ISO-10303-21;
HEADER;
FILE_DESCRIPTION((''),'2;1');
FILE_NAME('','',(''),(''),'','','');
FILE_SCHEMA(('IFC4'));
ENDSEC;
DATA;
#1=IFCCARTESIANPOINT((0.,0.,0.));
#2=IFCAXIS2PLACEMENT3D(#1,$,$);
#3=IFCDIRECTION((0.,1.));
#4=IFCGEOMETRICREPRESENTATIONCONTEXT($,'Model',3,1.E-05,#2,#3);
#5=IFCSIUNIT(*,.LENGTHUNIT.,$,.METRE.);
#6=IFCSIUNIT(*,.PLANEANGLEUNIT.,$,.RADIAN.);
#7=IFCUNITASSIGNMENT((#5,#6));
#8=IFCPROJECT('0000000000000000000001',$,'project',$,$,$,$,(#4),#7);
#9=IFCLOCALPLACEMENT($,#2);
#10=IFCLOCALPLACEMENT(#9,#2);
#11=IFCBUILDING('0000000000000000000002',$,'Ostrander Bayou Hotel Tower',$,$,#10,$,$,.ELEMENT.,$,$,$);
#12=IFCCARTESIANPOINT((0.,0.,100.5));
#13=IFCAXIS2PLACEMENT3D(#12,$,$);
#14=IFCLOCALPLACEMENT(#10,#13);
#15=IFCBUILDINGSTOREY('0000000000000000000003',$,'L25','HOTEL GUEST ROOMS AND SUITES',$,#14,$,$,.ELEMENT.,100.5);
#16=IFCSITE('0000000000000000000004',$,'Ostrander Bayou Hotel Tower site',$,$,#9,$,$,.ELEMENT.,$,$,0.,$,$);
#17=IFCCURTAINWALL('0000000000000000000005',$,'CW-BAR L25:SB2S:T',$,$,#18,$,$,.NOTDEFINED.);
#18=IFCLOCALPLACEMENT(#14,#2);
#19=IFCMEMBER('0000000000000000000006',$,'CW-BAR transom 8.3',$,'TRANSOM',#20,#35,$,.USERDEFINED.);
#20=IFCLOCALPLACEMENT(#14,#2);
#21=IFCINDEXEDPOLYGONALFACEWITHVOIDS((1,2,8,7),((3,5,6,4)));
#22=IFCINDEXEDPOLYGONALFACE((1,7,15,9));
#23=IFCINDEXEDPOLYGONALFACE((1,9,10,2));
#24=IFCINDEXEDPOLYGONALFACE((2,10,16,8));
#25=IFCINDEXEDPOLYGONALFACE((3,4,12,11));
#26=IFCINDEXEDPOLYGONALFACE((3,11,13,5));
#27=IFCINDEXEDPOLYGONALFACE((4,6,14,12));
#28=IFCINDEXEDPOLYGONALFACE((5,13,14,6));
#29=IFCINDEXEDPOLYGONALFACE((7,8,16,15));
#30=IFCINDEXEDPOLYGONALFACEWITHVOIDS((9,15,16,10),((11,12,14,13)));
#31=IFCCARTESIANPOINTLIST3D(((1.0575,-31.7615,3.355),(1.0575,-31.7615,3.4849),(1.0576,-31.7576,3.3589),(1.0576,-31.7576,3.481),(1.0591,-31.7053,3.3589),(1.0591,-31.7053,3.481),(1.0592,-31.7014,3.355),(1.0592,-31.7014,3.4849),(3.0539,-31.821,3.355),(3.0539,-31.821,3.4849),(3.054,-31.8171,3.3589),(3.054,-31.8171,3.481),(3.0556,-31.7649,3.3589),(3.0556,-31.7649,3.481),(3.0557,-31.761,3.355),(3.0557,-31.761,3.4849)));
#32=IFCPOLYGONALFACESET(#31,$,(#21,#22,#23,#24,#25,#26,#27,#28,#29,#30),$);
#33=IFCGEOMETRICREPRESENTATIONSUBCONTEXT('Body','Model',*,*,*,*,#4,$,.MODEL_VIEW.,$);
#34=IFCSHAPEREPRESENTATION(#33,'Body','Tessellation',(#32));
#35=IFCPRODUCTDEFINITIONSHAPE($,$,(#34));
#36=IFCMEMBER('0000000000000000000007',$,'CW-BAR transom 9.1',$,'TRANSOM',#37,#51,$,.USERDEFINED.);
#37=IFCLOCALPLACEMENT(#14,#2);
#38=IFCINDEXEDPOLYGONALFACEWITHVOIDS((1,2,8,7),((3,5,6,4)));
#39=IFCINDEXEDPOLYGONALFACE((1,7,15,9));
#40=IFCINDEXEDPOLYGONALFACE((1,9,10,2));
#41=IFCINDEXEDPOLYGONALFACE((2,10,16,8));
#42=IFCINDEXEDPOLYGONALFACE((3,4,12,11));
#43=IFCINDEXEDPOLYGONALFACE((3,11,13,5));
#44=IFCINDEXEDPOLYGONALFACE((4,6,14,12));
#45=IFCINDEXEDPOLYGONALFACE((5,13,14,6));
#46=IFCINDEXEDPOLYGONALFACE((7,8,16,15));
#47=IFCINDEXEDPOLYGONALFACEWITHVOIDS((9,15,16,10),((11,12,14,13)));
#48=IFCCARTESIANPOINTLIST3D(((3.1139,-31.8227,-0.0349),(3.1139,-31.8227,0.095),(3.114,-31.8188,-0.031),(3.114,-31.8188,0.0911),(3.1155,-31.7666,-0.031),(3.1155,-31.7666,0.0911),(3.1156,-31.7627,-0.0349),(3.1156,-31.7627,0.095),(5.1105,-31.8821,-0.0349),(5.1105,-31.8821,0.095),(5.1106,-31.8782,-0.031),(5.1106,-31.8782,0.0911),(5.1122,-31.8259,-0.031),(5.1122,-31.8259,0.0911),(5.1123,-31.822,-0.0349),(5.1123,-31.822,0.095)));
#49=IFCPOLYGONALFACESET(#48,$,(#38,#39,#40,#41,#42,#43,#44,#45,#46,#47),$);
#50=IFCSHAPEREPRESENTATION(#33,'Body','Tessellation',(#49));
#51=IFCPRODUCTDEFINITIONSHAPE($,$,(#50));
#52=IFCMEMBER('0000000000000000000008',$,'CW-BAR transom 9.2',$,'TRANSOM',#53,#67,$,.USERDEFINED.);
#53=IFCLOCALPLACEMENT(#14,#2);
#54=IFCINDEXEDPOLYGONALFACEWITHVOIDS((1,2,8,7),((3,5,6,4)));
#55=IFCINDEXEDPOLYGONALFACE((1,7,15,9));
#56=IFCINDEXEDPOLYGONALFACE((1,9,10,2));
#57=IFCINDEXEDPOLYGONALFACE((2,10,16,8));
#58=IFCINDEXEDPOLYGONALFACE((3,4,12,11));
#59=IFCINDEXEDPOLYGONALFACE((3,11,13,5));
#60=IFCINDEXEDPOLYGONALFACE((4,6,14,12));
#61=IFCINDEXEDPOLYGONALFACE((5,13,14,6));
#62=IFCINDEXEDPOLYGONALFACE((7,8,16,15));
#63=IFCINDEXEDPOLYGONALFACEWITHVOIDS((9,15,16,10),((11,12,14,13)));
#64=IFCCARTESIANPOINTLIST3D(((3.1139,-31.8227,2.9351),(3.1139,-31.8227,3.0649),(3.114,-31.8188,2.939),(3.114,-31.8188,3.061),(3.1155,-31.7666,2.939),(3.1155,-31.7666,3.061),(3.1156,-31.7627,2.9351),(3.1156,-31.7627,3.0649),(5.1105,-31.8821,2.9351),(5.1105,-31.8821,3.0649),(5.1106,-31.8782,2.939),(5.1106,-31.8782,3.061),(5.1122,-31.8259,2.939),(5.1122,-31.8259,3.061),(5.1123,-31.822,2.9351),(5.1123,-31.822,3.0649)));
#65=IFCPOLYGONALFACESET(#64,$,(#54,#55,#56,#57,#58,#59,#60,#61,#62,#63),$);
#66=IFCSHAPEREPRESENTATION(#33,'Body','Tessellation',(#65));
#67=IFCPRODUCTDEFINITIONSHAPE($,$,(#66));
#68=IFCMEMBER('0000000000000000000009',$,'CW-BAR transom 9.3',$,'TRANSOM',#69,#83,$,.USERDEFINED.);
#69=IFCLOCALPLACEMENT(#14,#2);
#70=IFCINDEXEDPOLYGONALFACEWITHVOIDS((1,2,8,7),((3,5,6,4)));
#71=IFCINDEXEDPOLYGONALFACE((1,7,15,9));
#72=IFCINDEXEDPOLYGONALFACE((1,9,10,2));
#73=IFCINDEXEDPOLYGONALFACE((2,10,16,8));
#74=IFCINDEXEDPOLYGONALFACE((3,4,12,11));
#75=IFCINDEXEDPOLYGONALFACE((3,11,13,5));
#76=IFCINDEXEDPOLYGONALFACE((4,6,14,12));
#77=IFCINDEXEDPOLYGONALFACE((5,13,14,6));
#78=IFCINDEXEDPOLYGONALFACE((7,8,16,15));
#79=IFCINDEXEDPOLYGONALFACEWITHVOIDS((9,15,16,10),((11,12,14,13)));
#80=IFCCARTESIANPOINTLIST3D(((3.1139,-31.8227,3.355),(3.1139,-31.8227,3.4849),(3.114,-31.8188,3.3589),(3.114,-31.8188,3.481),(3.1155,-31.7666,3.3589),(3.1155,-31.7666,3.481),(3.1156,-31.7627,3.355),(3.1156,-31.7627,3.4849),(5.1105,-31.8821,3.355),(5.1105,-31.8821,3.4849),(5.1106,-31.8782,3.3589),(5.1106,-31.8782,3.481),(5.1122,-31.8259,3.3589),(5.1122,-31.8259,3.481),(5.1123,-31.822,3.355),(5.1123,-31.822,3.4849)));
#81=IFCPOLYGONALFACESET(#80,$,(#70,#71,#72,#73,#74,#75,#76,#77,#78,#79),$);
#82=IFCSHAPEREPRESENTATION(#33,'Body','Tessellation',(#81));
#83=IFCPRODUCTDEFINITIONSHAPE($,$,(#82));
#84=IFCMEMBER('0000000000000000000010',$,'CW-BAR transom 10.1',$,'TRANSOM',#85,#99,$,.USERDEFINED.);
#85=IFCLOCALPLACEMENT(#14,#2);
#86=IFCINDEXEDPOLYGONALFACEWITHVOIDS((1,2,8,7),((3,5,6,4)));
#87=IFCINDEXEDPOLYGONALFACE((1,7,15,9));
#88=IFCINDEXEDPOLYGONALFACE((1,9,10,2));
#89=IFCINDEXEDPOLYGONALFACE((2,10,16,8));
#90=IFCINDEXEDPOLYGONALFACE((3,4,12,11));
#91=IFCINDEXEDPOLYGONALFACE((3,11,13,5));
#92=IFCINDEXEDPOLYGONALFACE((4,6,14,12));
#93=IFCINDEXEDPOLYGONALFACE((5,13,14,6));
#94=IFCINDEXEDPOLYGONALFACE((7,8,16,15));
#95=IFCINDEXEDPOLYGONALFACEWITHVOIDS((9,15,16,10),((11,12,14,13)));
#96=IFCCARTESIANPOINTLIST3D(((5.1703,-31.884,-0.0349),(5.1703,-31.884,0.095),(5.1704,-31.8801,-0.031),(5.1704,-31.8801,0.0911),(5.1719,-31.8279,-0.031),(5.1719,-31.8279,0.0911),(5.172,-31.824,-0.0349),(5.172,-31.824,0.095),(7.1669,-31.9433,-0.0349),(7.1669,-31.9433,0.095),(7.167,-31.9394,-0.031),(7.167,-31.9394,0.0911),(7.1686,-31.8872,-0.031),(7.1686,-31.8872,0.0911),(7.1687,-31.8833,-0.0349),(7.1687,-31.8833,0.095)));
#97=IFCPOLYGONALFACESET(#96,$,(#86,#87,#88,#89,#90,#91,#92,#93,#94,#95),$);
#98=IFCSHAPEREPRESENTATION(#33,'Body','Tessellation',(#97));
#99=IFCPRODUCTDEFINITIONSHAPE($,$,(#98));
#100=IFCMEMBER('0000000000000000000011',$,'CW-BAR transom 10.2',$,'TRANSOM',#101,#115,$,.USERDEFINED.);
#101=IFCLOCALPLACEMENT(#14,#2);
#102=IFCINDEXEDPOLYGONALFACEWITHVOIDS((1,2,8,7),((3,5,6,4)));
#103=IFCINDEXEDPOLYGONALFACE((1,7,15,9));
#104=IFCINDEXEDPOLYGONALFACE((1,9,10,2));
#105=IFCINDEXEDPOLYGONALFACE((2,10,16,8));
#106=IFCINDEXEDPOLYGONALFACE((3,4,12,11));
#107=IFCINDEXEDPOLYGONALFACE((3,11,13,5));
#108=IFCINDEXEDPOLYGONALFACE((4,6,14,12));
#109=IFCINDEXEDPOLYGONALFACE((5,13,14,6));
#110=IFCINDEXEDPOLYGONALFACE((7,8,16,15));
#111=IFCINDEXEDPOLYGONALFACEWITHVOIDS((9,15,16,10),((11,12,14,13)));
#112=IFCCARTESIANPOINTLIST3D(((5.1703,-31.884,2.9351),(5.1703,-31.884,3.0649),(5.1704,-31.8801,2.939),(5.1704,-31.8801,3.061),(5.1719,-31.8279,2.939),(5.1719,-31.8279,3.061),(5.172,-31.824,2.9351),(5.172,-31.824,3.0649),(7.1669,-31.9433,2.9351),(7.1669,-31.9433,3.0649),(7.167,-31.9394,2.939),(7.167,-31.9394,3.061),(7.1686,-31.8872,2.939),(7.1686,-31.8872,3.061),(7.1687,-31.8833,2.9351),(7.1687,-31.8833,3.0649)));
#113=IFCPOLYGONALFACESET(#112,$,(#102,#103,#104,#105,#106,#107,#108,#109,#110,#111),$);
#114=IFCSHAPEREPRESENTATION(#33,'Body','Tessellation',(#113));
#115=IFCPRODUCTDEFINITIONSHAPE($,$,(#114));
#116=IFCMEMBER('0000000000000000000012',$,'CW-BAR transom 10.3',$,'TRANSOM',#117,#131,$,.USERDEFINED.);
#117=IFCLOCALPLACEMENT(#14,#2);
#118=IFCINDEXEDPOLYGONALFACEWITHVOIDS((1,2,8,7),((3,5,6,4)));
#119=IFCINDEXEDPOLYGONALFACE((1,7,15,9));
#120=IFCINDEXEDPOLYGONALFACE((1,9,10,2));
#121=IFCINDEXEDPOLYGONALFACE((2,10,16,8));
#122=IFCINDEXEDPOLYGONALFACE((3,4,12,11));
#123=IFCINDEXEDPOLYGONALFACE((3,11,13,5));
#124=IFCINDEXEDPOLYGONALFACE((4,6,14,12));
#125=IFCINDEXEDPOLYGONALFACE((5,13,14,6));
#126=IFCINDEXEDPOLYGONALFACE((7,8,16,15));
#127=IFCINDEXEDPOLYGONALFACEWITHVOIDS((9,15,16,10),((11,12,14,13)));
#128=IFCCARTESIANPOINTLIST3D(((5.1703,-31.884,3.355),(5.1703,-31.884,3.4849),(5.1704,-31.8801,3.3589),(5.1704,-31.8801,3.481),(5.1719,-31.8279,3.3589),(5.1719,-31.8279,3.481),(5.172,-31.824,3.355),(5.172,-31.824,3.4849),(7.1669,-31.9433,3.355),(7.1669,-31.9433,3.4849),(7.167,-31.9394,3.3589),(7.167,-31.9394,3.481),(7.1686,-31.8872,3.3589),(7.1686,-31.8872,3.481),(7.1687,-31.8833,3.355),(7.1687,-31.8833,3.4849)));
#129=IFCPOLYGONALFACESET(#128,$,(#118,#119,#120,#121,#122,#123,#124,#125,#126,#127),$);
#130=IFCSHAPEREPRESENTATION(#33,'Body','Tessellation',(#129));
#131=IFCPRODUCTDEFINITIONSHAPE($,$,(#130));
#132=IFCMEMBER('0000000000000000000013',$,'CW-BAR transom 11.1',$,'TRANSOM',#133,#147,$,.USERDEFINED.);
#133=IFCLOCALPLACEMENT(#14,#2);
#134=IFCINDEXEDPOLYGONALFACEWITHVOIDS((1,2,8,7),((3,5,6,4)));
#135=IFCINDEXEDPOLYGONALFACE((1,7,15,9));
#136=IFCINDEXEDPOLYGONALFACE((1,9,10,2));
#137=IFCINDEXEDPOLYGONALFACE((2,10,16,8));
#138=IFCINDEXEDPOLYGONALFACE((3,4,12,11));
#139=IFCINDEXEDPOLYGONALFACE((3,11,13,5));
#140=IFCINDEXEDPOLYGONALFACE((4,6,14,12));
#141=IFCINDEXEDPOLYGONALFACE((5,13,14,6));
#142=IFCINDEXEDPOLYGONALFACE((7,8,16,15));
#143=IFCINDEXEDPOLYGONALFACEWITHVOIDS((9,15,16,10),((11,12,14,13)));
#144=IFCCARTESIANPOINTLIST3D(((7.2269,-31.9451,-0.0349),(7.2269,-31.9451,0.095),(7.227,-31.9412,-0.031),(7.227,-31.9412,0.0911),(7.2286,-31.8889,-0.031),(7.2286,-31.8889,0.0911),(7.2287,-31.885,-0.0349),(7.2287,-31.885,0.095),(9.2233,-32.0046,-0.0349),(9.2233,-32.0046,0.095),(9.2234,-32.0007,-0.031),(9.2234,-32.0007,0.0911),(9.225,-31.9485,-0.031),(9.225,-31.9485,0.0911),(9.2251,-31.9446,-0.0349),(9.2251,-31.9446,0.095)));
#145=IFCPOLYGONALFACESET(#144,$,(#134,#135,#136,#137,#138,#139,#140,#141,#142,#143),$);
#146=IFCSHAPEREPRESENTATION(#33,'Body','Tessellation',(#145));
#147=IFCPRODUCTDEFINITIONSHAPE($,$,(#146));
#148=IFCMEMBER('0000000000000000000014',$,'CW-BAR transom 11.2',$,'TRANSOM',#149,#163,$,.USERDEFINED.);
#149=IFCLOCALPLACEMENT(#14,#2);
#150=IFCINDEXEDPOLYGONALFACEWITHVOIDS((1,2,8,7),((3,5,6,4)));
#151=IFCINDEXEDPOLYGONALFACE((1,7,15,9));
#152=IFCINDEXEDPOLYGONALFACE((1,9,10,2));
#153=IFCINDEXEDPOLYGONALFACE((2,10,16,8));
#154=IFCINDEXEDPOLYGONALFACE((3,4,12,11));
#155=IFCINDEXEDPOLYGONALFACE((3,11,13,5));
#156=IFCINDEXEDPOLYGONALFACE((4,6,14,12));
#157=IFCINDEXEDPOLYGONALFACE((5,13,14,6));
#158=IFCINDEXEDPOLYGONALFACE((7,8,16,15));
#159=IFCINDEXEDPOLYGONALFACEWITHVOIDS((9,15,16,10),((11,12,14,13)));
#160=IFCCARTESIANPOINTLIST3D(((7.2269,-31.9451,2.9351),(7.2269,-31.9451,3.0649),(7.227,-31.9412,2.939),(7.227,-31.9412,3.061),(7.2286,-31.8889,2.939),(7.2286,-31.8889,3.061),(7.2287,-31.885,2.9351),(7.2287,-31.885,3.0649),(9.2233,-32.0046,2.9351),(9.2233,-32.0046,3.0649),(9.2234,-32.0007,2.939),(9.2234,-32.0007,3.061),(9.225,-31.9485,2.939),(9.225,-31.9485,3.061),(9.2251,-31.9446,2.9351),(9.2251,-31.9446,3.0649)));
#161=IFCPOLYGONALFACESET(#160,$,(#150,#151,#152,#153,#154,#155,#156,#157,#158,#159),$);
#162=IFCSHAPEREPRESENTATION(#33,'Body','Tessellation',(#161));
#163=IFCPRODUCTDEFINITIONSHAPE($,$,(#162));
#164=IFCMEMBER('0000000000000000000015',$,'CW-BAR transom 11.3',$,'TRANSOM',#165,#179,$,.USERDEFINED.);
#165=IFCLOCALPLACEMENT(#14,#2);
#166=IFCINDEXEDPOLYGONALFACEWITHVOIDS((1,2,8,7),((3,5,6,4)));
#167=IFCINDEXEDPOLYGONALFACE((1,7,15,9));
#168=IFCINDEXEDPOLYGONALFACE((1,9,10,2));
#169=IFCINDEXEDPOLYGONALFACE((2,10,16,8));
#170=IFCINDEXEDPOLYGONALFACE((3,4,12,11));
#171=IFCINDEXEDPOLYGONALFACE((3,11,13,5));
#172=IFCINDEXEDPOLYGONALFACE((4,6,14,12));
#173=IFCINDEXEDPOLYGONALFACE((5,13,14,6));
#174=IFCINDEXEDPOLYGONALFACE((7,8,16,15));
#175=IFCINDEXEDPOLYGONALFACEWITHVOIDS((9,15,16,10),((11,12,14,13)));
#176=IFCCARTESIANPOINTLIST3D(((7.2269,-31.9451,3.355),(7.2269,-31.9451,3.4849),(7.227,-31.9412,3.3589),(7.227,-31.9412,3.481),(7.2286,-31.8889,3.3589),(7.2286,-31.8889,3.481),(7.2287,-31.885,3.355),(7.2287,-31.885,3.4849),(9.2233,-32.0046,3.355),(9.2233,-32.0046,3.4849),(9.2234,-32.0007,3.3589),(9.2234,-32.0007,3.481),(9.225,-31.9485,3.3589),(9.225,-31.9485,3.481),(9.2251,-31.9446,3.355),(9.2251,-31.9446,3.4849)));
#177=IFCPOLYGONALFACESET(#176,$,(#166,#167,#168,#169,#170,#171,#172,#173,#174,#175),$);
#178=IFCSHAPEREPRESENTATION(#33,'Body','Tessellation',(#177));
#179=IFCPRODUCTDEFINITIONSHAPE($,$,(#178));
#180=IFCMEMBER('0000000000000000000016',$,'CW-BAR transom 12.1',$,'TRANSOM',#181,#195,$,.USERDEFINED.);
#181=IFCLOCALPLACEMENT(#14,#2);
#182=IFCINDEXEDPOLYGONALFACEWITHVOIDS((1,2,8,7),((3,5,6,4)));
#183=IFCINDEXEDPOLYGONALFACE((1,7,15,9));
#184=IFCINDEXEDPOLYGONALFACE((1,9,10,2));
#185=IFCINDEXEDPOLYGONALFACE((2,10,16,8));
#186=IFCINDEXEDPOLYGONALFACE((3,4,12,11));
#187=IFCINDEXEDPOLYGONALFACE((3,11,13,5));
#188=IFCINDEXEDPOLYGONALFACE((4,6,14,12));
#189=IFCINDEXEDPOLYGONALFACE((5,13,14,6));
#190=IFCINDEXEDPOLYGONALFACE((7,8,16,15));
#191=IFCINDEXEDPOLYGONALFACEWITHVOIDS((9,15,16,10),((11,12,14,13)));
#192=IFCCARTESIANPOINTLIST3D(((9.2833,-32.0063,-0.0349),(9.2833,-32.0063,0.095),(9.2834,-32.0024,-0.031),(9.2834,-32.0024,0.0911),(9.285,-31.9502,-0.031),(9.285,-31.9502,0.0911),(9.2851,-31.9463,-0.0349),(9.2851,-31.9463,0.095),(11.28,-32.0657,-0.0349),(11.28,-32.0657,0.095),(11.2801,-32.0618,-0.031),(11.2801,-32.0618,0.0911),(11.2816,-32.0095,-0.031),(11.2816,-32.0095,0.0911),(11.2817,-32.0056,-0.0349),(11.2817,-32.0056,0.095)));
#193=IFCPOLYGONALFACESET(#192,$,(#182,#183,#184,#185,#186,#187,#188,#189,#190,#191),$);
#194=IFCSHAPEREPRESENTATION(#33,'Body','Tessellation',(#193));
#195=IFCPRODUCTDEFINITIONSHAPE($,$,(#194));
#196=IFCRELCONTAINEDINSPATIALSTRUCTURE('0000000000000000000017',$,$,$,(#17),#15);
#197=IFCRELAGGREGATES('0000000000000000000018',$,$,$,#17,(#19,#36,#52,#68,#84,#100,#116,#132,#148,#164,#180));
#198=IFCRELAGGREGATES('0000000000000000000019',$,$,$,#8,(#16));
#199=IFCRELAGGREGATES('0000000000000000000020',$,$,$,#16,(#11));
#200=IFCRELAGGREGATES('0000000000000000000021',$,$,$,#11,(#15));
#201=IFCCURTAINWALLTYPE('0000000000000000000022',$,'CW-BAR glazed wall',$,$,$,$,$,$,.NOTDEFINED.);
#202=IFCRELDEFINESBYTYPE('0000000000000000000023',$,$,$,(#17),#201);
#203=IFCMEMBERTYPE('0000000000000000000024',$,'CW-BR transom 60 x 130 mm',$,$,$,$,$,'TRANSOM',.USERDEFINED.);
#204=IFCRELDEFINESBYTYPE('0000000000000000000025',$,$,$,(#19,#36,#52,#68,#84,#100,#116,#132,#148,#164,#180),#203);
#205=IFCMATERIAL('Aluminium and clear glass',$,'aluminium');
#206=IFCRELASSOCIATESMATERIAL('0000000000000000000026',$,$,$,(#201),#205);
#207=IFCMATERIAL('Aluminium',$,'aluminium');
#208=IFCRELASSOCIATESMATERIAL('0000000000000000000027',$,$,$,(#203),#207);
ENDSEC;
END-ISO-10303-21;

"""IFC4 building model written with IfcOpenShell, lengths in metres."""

from ifc_helpers import new_model, si_unit, direction, frame, origin, origin_2d, place, context, subcontext, project, spatial, hollow_rectangle, extrude, material, material_profile, profile_set, type_object, element, aggregate, save


model = new_model("IFC4")

# Units and contexts
model_context = context("Model", 3, precision=1e-05, world=origin(), true_north=direction((0.0, 1.0)))
body_context = subcontext(model_context, "Body", "Model", "MODEL_VIEW")
ifc_project = project(units=[si_unit("LENGTHUNIT", "METRE"), si_unit("PLANEANGLEUNIT", "RADIAN")], contexts=[model_context])

# Site, building, storey
site_placement = place(None, origin())
site = spatial("IfcSite", under=ifc_project, at=site_placement, Name="Ostrander Bayou Hotel Tower site", CompositionType="ELEMENT", RefElevation=0.0)
building_placement = place(site_placement, origin())
building = spatial("IfcBuilding", under=site, at=building_placement, Name="Ostrander Bayou Hotel Tower", CompositionType="ELEMENT")
storey_placement = place(building_placement, frame((0.0, 0.0, 100.5)))
storey = spatial("IfcBuildingStorey", under=building, at=storey_placement, Name="L25", Description="HOTEL GUEST ROOMS AND SUITES", CompositionType="ELEMENT", Elevation=100.5)

# Curtain wall, members
ifc_material_1 = material(Name="Aluminium and clear glass", Category="aluminium")
curtain_wall_type = type_object("IfcCurtainWallType", Name="CW-BAR glazed wall", PredefinedType="NOTDEFINED", material=ifc_material_1)
curtain_wall_placement = place(storey_placement, origin())
curtain_wall = element("IfcCurtainWall", 1, at=curtain_wall_placement, inside=storey, type_object=curtain_wall_type, Name="CW-BAR L25:SB2S:T", PredefinedType="NOTDEFINED")
ifc_material_2 = material(Name="Aluminium", Category="aluminium")
ifc_material_profile_1 = material_profile(ifc_material_2, hollow_rectangle(XDim=0.0601, YDim=0.1299, WallThickness=0.0039, at=origin_2d()))
ifc_profile_set_1 = profile_set([ifc_material_profile_1], Name="Aluminium")
member_type_1 = type_object("IfcMemberType", Name="CW-BR transom 60 x 130 mm", ElementType="TRANSOM", PredefinedType="USERDEFINED", material=ifc_profile_set_1)
member_1_placement = place(storey_placement, frame((1.0583, -31.7314, 3.4199), z_axis=(0.999555, -0.029827, 0.0), x_axis=(0.029827, 0.999555, 0.0)))
member_1 = element("IfcMember", 2, at=member_1_placement, type_object=member_type_1, Name="CW-BAR transom 8.3", ObjectType="TRANSOM", PredefinedType="USERDEFINED", context=body_context, shape_type="SweptSolid", body=[
    extrude(hollow_rectangle(XDim=0.0601, YDim=0.1299, WallThickness=0.0039, at=origin_2d()), origin(), (0.0, 0.0, 1.0), 1.9973),
])
member_2_placement = place(storey_placement, frame((3.1147, -31.7927, 0.03), z_axis=(0.999559, -0.029701, 0.0), x_axis=(0.029701, 0.999559, 0.0)))
member_2 = element("IfcMember", 3, at=member_2_placement, type_object=member_type_1, Name="CW-BAR transom 9.1", ObjectType="TRANSOM", PredefinedType="USERDEFINED", context=body_context, shape_type="SweptSolid", body=[
    extrude(hollow_rectangle(XDim=0.0601, YDim=0.1299, WallThickness=0.0039, at=origin_2d()), origin(), (0.0, 0.0, 1.0), 1.9976),
])
member_3_placement = place(storey_placement, frame((3.1147, -31.7927, 3.0), z_axis=(0.999559, -0.029701, 0.0), x_axis=(0.029701, 0.999559, 0.0)))
member_3 = element("IfcMember", 4, at=member_3_placement, type_object=member_type_1, Name="CW-BAR transom 9.2", ObjectType="TRANSOM", PredefinedType="USERDEFINED", context=body_context, shape_type="SweptSolid", body=[
    extrude(hollow_rectangle(XDim=0.0601, YDim=0.1299, WallThickness=0.0039, at=origin_2d()), origin(), (0.0, 0.0, 1.0), 1.9976),
])
member_4_placement = place(storey_placement, frame((3.1147, -31.7927, 3.4199), z_axis=(0.999559, -0.029701, 0.0), x_axis=(0.029701, 0.999559, 0.0)))
member_4 = element("IfcMember", 5, at=member_4_placement, type_object=member_type_1, Name="CW-BAR transom 9.3", ObjectType="TRANSOM", PredefinedType="USERDEFINED", context=body_context, shape_type="SweptSolid", body=[
    extrude(hollow_rectangle(XDim=0.0601, YDim=0.1299, WallThickness=0.0039, at=origin_2d()), origin(), (0.0, 0.0, 1.0), 1.9976),
])
member_5_placement = place(storey_placement, frame((5.1711, -31.854, 0.03), z_axis=(0.999559, -0.029701, 0.0), x_axis=(0.029701, 0.999559, 0.0)))
member_5 = element("IfcMember", 6, at=member_5_placement, type_object=member_type_1, Name="CW-BAR transom 10.1", ObjectType="TRANSOM", PredefinedType="USERDEFINED", context=body_context, shape_type="SweptSolid", body=[
    extrude(hollow_rectangle(XDim=0.0601, YDim=0.1299, WallThickness=0.0039, at=origin_2d()), origin(), (0.0, 0.0, 1.0), 1.9976),
])
member_6_placement = place(storey_placement, frame((5.1711, -31.854, 3.0), z_axis=(0.999559, -0.029701, 0.0), x_axis=(0.029701, 0.999559, 0.0)))
member_6 = element("IfcMember", 7, at=member_6_placement, type_object=member_type_1, Name="CW-BAR transom 10.2", ObjectType="TRANSOM", PredefinedType="USERDEFINED", context=body_context, shape_type="SweptSolid", body=[
    extrude(hollow_rectangle(XDim=0.0601, YDim=0.1299, WallThickness=0.0039, at=origin_2d()), origin(), (0.0, 0.0, 1.0), 1.9976),
])
member_7_placement = place(storey_placement, frame((5.1711, -31.854, 3.4199), z_axis=(0.999559, -0.029701, 0.0), x_axis=(0.029701, 0.999559, 0.0)))
member_7 = element("IfcMember", 8, at=member_7_placement, type_object=member_type_1, Name="CW-BAR transom 10.3", ObjectType="TRANSOM", PredefinedType="USERDEFINED", context=body_context, shape_type="SweptSolid", body=[
    extrude(hollow_rectangle(XDim=0.0601, YDim=0.1299, WallThickness=0.0039, at=origin_2d()), origin(), (0.0, 0.0, 1.0), 1.9976),
])
member_8_placement = place(storey_placement, frame((7.2278, -31.915, 0.03), z_axis=(0.999555, -0.029827, 0.0), x_axis=(0.029827, 0.999555, 0.0)))
member_8 = element("IfcMember", 9, at=member_8_placement, type_object=member_type_1, Name="CW-BAR transom 11.1", ObjectType="TRANSOM", PredefinedType="USERDEFINED", context=body_context, shape_type="SweptSolid", body=[
    extrude(hollow_rectangle(XDim=0.0601, YDim=0.1299, WallThickness=0.0039, at=origin_2d()), origin(), (0.0, 0.0, 1.0), 1.9973),
])
member_9_placement = place(storey_placement, frame((7.2278, -31.915, 3.0), z_axis=(0.999555, -0.029827, 0.0), x_axis=(0.029827, 0.999555, 0.0)))
member_9 = element("IfcMember", 10, at=member_9_placement, type_object=member_type_1, Name="CW-BAR transom 11.2", ObjectType="TRANSOM", PredefinedType="USERDEFINED", context=body_context, shape_type="SweptSolid", body=[
    extrude(hollow_rectangle(XDim=0.0601, YDim=0.1299, WallThickness=0.0039, at=origin_2d()), origin(), (0.0, 0.0, 1.0), 1.9973),
])
member_10_placement = place(storey_placement, frame((7.2278, -31.915, 3.4199), z_axis=(0.999555, -0.029827, 0.0), x_axis=(0.029827, 0.999555, 0.0)))
member_10 = element("IfcMember", 11, at=member_10_placement, type_object=member_type_1, Name="CW-BAR transom 11.3", ObjectType="TRANSOM", PredefinedType="USERDEFINED", context=body_context, shape_type="SweptSolid", body=[
    extrude(hollow_rectangle(XDim=0.0601, YDim=0.1299, WallThickness=0.0039, at=origin_2d()), origin(), (0.0, 0.0, 1.0), 1.9973),
])
member_11_placement = place(storey_placement, frame((9.2842, -31.9763, 0.03), z_axis=(0.999559, -0.029701, 0.0), x_axis=(0.029701, 0.999559, 0.0)))
member_11 = element("IfcMember", 12, at=member_11_placement, type_object=member_type_1, Name="CW-BAR transom 12.1", ObjectType="TRANSOM", PredefinedType="USERDEFINED", context=body_context, shape_type="SweptSolid", body=[
    extrude(hollow_rectangle(XDim=0.0601, YDim=0.1299, WallThickness=0.0039, at=origin_2d()), origin(), (0.0, 0.0, 1.0), 1.9976),
])
aggregate(curtain_wall, [member_1, member_2, member_3, member_4, member_5, member_6, member_7, member_8, member_9, member_10, member_11])

save(model, "model.ifc")
